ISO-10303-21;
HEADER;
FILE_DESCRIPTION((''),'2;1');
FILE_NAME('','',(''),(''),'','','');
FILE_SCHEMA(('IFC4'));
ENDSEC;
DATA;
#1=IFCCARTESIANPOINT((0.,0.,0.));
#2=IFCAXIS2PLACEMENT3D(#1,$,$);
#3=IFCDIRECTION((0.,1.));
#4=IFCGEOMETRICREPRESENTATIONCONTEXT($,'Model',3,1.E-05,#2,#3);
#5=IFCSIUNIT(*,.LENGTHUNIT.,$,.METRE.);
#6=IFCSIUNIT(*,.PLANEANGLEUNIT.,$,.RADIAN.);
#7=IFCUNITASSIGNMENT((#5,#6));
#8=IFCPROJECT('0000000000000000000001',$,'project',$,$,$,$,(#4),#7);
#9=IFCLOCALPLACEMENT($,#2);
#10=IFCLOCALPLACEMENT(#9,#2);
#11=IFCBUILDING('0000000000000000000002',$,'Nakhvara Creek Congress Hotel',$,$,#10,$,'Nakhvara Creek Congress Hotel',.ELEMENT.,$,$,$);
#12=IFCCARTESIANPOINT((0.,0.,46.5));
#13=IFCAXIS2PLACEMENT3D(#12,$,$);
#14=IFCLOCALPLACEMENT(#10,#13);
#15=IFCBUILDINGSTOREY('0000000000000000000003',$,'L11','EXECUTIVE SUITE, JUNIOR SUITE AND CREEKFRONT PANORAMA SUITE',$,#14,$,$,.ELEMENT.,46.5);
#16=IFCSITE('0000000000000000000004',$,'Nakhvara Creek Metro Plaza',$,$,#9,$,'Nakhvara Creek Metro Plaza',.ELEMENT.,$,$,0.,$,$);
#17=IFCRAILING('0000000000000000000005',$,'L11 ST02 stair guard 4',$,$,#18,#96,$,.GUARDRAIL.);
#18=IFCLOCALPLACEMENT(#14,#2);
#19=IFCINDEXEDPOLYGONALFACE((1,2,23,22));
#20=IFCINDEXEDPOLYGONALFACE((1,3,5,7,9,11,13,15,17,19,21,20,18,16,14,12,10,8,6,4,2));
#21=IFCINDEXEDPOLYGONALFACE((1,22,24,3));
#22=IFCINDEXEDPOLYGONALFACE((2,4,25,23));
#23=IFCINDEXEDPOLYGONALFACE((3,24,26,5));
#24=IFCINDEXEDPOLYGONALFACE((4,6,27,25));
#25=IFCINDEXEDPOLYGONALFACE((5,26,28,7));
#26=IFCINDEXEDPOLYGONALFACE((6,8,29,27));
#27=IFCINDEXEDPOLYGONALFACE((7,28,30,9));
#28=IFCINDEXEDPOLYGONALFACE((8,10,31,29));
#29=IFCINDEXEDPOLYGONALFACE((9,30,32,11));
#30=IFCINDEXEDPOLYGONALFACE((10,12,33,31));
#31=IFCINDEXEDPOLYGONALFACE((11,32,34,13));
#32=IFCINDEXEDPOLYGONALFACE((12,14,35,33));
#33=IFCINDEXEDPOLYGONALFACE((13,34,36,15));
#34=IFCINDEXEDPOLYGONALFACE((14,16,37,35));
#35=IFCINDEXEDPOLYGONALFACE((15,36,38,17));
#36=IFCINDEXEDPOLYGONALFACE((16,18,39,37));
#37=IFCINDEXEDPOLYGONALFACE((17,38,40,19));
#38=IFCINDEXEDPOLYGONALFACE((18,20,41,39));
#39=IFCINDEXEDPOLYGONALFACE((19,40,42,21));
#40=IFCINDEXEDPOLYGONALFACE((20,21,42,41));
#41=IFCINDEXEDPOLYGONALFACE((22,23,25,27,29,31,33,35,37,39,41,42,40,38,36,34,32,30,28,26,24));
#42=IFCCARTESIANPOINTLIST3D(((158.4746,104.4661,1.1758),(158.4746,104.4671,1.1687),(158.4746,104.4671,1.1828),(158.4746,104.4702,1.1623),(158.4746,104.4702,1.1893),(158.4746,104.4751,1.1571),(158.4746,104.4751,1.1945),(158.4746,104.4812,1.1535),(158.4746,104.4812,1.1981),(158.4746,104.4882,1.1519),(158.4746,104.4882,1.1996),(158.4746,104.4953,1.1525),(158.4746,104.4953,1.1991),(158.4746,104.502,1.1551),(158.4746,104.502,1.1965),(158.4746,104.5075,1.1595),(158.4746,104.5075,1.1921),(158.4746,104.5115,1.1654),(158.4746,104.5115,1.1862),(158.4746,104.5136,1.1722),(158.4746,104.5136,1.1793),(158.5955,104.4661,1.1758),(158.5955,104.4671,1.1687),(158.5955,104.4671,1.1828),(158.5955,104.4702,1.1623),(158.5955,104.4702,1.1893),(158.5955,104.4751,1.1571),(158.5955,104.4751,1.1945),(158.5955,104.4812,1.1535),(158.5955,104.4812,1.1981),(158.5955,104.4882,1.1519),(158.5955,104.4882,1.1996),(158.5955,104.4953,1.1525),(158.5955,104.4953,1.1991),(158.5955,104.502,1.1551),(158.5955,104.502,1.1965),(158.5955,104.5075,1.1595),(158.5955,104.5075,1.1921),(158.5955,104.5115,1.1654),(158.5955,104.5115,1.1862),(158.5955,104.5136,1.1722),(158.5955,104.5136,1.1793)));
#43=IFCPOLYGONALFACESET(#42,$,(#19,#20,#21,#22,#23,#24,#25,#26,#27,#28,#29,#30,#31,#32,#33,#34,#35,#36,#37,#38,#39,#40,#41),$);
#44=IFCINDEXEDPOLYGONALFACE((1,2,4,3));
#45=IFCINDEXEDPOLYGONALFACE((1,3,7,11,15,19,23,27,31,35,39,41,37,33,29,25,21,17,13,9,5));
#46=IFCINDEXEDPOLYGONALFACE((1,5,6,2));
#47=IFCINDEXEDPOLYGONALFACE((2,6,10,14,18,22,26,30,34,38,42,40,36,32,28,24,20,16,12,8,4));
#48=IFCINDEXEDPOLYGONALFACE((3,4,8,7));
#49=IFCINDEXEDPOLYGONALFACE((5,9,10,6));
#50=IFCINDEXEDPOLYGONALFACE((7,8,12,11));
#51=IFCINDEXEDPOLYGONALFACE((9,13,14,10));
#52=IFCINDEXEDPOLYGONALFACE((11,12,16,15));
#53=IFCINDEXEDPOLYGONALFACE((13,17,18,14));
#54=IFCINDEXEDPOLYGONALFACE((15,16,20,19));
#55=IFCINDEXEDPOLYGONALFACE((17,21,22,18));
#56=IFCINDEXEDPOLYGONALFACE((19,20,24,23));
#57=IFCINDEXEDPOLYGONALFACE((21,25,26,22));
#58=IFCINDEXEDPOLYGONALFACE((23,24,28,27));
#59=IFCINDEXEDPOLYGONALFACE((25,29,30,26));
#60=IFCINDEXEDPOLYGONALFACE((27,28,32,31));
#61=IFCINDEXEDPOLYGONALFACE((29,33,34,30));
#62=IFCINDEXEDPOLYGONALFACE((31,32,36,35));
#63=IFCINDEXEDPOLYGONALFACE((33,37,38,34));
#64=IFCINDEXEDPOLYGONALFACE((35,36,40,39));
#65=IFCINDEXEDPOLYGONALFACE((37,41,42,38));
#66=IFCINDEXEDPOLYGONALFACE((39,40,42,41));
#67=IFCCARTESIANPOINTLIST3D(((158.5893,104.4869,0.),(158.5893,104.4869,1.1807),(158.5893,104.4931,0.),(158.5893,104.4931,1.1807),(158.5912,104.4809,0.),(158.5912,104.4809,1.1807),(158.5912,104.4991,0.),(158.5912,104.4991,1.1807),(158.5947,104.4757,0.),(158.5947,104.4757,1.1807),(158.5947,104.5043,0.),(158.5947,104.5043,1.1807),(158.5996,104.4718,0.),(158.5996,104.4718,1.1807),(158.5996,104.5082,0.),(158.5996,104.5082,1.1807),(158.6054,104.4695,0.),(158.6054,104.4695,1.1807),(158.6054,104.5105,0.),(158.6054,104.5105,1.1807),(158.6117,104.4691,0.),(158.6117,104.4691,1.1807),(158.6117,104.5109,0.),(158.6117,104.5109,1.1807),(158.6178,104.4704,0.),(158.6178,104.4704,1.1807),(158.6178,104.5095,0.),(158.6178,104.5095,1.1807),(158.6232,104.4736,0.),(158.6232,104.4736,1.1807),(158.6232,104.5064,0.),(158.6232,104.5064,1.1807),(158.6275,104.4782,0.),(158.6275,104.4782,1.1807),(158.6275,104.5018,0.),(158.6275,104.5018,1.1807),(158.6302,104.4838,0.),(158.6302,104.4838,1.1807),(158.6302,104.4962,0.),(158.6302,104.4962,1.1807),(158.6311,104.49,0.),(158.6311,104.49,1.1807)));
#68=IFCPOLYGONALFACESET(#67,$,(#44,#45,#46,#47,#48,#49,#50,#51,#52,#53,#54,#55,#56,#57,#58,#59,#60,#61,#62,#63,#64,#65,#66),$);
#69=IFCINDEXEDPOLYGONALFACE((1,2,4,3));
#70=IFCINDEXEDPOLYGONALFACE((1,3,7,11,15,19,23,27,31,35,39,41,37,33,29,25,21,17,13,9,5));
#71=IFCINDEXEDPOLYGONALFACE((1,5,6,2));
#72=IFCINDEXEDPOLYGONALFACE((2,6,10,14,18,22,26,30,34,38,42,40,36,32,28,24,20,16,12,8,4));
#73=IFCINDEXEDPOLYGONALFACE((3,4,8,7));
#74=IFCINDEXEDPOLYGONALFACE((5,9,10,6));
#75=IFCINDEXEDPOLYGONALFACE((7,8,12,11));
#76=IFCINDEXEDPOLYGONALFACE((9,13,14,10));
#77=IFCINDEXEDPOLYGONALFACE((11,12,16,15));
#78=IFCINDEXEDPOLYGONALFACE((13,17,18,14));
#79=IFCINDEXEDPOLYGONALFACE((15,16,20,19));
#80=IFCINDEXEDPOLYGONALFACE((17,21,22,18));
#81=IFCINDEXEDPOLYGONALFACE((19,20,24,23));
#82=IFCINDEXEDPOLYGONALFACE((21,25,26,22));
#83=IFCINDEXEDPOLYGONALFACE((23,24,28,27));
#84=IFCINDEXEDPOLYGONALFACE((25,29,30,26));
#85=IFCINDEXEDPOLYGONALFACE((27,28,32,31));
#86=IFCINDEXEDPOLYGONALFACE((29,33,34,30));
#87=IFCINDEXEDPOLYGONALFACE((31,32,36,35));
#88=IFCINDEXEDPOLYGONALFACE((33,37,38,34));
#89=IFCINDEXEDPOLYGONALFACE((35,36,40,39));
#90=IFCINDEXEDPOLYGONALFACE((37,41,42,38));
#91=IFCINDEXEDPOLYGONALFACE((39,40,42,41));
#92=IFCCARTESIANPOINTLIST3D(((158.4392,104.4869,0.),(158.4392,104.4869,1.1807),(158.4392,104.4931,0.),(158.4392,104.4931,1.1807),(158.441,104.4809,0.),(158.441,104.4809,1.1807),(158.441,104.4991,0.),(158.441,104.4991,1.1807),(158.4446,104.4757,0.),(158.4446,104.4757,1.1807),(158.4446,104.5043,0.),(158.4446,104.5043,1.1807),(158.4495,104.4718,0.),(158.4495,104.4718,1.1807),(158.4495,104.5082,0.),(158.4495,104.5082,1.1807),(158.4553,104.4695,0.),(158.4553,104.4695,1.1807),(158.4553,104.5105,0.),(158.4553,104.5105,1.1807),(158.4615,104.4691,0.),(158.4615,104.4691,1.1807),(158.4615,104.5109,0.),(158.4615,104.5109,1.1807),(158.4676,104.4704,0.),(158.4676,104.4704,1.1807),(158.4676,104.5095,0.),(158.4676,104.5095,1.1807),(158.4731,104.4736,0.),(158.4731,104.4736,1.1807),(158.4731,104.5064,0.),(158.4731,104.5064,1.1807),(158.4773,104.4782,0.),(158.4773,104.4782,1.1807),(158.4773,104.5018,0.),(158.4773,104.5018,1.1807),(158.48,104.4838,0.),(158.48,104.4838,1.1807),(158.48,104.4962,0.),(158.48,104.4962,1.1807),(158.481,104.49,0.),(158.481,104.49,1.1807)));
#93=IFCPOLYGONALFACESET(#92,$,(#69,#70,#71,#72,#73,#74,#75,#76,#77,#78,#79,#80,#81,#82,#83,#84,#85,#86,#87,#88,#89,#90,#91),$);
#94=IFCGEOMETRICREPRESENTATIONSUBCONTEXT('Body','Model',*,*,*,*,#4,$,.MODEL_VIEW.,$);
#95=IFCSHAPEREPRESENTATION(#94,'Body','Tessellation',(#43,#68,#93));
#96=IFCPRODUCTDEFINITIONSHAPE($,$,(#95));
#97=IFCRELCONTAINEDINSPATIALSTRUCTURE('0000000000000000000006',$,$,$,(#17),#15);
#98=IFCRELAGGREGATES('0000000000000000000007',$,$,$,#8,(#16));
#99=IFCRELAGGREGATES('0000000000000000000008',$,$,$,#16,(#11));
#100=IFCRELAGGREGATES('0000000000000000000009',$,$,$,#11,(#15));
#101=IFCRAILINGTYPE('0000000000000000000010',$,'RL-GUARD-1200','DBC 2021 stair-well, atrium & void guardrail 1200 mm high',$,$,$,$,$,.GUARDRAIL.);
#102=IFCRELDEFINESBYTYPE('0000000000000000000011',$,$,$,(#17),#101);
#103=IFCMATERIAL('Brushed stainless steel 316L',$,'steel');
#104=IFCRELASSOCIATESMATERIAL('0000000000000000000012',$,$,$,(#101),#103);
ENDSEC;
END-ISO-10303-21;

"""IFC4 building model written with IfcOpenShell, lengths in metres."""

from ifc_helpers import new_model, si_unit, direction, frame, origin, origin_2d, place, context, subcontext, project, spatial, circle, extrude, material, type_object, element, save


model = new_model("IFC4")

# Units and contexts
model_context = context("Model", 3, precision=1e-05, world=origin(), true_north=direction((0.0, 1.0)))
body_context = subcontext(model_context, "Body", "Model", "MODEL_VIEW")
ifc_project = project(units=[si_unit("LENGTHUNIT", "METRE"), si_unit("PLANEANGLEUNIT", "RADIAN")], contexts=[model_context])

# Site, building, storey
site_placement = place(None, origin())
site = spatial("IfcSite", under=ifc_project, at=site_placement, Name="Nakhvara Creek Metro Plaza", LongName="Nakhvara Creek Metro Plaza", CompositionType="ELEMENT", RefElevation=0.0)
building_placement = place(site_placement, origin())
building = spatial("IfcBuilding", under=site, at=building_placement, Name="Nakhvara Creek Congress Hotel", LongName="Nakhvara Creek Congress Hotel", CompositionType="ELEMENT")
storey_placement = place(building_placement, frame((0.0, 0.0, 46.5)))
storey = spatial("IfcBuildingStorey", under=building, at=storey_placement, Name="L11", Description="EXECUTIVE SUITE, JUNIOR SUITE AND CREEKFRONT PANORAMA SUITE", CompositionType="ELEMENT", Elevation=46.5)

# Railing
ifc_material_1 = material(Name="Brushed stainless steel 316L", Category="steel")
railing_type_1 = type_object("IfcRailingType", Name="RL-GUARD-1200", Description="DBC 2021 stair-well, atrium & void guardrail 1200 mm high", PredefinedType="GUARDRAIL", material=ifc_material_1)
railing_1_placement = place(storey_placement, frame((158.6101, 104.49, 0.0)))
element("IfcRailing", 1, at=railing_1_placement, inside=storey, type_object=railing_type_1, Name="L11 ST02 stair guard 4", PredefinedType="GUARDRAIL", context=body_context, shape_type="SweptSolid", body=[
    extrude(circle(Radius=0.0239, at=origin_2d()), frame((-0.0146, 0.0, 1.1758), z_axis=(-1.0, 0.0, 0.0), x_axis=(0.0, -1.0, 0.0)), (0.0, 0.0, 1.0), 0.1208),
    extrude(circle(Radius=0.021, at=origin_2d()), origin(), (0.0, 0.0, 1.0), 1.1807),
    extrude(circle(Radius=0.021, at=origin_2d()), frame((-0.1501, 0.0, 0.0)), (0.0, 0.0, 1.0), 1.1807),
])

save(model, "model.ifc")
